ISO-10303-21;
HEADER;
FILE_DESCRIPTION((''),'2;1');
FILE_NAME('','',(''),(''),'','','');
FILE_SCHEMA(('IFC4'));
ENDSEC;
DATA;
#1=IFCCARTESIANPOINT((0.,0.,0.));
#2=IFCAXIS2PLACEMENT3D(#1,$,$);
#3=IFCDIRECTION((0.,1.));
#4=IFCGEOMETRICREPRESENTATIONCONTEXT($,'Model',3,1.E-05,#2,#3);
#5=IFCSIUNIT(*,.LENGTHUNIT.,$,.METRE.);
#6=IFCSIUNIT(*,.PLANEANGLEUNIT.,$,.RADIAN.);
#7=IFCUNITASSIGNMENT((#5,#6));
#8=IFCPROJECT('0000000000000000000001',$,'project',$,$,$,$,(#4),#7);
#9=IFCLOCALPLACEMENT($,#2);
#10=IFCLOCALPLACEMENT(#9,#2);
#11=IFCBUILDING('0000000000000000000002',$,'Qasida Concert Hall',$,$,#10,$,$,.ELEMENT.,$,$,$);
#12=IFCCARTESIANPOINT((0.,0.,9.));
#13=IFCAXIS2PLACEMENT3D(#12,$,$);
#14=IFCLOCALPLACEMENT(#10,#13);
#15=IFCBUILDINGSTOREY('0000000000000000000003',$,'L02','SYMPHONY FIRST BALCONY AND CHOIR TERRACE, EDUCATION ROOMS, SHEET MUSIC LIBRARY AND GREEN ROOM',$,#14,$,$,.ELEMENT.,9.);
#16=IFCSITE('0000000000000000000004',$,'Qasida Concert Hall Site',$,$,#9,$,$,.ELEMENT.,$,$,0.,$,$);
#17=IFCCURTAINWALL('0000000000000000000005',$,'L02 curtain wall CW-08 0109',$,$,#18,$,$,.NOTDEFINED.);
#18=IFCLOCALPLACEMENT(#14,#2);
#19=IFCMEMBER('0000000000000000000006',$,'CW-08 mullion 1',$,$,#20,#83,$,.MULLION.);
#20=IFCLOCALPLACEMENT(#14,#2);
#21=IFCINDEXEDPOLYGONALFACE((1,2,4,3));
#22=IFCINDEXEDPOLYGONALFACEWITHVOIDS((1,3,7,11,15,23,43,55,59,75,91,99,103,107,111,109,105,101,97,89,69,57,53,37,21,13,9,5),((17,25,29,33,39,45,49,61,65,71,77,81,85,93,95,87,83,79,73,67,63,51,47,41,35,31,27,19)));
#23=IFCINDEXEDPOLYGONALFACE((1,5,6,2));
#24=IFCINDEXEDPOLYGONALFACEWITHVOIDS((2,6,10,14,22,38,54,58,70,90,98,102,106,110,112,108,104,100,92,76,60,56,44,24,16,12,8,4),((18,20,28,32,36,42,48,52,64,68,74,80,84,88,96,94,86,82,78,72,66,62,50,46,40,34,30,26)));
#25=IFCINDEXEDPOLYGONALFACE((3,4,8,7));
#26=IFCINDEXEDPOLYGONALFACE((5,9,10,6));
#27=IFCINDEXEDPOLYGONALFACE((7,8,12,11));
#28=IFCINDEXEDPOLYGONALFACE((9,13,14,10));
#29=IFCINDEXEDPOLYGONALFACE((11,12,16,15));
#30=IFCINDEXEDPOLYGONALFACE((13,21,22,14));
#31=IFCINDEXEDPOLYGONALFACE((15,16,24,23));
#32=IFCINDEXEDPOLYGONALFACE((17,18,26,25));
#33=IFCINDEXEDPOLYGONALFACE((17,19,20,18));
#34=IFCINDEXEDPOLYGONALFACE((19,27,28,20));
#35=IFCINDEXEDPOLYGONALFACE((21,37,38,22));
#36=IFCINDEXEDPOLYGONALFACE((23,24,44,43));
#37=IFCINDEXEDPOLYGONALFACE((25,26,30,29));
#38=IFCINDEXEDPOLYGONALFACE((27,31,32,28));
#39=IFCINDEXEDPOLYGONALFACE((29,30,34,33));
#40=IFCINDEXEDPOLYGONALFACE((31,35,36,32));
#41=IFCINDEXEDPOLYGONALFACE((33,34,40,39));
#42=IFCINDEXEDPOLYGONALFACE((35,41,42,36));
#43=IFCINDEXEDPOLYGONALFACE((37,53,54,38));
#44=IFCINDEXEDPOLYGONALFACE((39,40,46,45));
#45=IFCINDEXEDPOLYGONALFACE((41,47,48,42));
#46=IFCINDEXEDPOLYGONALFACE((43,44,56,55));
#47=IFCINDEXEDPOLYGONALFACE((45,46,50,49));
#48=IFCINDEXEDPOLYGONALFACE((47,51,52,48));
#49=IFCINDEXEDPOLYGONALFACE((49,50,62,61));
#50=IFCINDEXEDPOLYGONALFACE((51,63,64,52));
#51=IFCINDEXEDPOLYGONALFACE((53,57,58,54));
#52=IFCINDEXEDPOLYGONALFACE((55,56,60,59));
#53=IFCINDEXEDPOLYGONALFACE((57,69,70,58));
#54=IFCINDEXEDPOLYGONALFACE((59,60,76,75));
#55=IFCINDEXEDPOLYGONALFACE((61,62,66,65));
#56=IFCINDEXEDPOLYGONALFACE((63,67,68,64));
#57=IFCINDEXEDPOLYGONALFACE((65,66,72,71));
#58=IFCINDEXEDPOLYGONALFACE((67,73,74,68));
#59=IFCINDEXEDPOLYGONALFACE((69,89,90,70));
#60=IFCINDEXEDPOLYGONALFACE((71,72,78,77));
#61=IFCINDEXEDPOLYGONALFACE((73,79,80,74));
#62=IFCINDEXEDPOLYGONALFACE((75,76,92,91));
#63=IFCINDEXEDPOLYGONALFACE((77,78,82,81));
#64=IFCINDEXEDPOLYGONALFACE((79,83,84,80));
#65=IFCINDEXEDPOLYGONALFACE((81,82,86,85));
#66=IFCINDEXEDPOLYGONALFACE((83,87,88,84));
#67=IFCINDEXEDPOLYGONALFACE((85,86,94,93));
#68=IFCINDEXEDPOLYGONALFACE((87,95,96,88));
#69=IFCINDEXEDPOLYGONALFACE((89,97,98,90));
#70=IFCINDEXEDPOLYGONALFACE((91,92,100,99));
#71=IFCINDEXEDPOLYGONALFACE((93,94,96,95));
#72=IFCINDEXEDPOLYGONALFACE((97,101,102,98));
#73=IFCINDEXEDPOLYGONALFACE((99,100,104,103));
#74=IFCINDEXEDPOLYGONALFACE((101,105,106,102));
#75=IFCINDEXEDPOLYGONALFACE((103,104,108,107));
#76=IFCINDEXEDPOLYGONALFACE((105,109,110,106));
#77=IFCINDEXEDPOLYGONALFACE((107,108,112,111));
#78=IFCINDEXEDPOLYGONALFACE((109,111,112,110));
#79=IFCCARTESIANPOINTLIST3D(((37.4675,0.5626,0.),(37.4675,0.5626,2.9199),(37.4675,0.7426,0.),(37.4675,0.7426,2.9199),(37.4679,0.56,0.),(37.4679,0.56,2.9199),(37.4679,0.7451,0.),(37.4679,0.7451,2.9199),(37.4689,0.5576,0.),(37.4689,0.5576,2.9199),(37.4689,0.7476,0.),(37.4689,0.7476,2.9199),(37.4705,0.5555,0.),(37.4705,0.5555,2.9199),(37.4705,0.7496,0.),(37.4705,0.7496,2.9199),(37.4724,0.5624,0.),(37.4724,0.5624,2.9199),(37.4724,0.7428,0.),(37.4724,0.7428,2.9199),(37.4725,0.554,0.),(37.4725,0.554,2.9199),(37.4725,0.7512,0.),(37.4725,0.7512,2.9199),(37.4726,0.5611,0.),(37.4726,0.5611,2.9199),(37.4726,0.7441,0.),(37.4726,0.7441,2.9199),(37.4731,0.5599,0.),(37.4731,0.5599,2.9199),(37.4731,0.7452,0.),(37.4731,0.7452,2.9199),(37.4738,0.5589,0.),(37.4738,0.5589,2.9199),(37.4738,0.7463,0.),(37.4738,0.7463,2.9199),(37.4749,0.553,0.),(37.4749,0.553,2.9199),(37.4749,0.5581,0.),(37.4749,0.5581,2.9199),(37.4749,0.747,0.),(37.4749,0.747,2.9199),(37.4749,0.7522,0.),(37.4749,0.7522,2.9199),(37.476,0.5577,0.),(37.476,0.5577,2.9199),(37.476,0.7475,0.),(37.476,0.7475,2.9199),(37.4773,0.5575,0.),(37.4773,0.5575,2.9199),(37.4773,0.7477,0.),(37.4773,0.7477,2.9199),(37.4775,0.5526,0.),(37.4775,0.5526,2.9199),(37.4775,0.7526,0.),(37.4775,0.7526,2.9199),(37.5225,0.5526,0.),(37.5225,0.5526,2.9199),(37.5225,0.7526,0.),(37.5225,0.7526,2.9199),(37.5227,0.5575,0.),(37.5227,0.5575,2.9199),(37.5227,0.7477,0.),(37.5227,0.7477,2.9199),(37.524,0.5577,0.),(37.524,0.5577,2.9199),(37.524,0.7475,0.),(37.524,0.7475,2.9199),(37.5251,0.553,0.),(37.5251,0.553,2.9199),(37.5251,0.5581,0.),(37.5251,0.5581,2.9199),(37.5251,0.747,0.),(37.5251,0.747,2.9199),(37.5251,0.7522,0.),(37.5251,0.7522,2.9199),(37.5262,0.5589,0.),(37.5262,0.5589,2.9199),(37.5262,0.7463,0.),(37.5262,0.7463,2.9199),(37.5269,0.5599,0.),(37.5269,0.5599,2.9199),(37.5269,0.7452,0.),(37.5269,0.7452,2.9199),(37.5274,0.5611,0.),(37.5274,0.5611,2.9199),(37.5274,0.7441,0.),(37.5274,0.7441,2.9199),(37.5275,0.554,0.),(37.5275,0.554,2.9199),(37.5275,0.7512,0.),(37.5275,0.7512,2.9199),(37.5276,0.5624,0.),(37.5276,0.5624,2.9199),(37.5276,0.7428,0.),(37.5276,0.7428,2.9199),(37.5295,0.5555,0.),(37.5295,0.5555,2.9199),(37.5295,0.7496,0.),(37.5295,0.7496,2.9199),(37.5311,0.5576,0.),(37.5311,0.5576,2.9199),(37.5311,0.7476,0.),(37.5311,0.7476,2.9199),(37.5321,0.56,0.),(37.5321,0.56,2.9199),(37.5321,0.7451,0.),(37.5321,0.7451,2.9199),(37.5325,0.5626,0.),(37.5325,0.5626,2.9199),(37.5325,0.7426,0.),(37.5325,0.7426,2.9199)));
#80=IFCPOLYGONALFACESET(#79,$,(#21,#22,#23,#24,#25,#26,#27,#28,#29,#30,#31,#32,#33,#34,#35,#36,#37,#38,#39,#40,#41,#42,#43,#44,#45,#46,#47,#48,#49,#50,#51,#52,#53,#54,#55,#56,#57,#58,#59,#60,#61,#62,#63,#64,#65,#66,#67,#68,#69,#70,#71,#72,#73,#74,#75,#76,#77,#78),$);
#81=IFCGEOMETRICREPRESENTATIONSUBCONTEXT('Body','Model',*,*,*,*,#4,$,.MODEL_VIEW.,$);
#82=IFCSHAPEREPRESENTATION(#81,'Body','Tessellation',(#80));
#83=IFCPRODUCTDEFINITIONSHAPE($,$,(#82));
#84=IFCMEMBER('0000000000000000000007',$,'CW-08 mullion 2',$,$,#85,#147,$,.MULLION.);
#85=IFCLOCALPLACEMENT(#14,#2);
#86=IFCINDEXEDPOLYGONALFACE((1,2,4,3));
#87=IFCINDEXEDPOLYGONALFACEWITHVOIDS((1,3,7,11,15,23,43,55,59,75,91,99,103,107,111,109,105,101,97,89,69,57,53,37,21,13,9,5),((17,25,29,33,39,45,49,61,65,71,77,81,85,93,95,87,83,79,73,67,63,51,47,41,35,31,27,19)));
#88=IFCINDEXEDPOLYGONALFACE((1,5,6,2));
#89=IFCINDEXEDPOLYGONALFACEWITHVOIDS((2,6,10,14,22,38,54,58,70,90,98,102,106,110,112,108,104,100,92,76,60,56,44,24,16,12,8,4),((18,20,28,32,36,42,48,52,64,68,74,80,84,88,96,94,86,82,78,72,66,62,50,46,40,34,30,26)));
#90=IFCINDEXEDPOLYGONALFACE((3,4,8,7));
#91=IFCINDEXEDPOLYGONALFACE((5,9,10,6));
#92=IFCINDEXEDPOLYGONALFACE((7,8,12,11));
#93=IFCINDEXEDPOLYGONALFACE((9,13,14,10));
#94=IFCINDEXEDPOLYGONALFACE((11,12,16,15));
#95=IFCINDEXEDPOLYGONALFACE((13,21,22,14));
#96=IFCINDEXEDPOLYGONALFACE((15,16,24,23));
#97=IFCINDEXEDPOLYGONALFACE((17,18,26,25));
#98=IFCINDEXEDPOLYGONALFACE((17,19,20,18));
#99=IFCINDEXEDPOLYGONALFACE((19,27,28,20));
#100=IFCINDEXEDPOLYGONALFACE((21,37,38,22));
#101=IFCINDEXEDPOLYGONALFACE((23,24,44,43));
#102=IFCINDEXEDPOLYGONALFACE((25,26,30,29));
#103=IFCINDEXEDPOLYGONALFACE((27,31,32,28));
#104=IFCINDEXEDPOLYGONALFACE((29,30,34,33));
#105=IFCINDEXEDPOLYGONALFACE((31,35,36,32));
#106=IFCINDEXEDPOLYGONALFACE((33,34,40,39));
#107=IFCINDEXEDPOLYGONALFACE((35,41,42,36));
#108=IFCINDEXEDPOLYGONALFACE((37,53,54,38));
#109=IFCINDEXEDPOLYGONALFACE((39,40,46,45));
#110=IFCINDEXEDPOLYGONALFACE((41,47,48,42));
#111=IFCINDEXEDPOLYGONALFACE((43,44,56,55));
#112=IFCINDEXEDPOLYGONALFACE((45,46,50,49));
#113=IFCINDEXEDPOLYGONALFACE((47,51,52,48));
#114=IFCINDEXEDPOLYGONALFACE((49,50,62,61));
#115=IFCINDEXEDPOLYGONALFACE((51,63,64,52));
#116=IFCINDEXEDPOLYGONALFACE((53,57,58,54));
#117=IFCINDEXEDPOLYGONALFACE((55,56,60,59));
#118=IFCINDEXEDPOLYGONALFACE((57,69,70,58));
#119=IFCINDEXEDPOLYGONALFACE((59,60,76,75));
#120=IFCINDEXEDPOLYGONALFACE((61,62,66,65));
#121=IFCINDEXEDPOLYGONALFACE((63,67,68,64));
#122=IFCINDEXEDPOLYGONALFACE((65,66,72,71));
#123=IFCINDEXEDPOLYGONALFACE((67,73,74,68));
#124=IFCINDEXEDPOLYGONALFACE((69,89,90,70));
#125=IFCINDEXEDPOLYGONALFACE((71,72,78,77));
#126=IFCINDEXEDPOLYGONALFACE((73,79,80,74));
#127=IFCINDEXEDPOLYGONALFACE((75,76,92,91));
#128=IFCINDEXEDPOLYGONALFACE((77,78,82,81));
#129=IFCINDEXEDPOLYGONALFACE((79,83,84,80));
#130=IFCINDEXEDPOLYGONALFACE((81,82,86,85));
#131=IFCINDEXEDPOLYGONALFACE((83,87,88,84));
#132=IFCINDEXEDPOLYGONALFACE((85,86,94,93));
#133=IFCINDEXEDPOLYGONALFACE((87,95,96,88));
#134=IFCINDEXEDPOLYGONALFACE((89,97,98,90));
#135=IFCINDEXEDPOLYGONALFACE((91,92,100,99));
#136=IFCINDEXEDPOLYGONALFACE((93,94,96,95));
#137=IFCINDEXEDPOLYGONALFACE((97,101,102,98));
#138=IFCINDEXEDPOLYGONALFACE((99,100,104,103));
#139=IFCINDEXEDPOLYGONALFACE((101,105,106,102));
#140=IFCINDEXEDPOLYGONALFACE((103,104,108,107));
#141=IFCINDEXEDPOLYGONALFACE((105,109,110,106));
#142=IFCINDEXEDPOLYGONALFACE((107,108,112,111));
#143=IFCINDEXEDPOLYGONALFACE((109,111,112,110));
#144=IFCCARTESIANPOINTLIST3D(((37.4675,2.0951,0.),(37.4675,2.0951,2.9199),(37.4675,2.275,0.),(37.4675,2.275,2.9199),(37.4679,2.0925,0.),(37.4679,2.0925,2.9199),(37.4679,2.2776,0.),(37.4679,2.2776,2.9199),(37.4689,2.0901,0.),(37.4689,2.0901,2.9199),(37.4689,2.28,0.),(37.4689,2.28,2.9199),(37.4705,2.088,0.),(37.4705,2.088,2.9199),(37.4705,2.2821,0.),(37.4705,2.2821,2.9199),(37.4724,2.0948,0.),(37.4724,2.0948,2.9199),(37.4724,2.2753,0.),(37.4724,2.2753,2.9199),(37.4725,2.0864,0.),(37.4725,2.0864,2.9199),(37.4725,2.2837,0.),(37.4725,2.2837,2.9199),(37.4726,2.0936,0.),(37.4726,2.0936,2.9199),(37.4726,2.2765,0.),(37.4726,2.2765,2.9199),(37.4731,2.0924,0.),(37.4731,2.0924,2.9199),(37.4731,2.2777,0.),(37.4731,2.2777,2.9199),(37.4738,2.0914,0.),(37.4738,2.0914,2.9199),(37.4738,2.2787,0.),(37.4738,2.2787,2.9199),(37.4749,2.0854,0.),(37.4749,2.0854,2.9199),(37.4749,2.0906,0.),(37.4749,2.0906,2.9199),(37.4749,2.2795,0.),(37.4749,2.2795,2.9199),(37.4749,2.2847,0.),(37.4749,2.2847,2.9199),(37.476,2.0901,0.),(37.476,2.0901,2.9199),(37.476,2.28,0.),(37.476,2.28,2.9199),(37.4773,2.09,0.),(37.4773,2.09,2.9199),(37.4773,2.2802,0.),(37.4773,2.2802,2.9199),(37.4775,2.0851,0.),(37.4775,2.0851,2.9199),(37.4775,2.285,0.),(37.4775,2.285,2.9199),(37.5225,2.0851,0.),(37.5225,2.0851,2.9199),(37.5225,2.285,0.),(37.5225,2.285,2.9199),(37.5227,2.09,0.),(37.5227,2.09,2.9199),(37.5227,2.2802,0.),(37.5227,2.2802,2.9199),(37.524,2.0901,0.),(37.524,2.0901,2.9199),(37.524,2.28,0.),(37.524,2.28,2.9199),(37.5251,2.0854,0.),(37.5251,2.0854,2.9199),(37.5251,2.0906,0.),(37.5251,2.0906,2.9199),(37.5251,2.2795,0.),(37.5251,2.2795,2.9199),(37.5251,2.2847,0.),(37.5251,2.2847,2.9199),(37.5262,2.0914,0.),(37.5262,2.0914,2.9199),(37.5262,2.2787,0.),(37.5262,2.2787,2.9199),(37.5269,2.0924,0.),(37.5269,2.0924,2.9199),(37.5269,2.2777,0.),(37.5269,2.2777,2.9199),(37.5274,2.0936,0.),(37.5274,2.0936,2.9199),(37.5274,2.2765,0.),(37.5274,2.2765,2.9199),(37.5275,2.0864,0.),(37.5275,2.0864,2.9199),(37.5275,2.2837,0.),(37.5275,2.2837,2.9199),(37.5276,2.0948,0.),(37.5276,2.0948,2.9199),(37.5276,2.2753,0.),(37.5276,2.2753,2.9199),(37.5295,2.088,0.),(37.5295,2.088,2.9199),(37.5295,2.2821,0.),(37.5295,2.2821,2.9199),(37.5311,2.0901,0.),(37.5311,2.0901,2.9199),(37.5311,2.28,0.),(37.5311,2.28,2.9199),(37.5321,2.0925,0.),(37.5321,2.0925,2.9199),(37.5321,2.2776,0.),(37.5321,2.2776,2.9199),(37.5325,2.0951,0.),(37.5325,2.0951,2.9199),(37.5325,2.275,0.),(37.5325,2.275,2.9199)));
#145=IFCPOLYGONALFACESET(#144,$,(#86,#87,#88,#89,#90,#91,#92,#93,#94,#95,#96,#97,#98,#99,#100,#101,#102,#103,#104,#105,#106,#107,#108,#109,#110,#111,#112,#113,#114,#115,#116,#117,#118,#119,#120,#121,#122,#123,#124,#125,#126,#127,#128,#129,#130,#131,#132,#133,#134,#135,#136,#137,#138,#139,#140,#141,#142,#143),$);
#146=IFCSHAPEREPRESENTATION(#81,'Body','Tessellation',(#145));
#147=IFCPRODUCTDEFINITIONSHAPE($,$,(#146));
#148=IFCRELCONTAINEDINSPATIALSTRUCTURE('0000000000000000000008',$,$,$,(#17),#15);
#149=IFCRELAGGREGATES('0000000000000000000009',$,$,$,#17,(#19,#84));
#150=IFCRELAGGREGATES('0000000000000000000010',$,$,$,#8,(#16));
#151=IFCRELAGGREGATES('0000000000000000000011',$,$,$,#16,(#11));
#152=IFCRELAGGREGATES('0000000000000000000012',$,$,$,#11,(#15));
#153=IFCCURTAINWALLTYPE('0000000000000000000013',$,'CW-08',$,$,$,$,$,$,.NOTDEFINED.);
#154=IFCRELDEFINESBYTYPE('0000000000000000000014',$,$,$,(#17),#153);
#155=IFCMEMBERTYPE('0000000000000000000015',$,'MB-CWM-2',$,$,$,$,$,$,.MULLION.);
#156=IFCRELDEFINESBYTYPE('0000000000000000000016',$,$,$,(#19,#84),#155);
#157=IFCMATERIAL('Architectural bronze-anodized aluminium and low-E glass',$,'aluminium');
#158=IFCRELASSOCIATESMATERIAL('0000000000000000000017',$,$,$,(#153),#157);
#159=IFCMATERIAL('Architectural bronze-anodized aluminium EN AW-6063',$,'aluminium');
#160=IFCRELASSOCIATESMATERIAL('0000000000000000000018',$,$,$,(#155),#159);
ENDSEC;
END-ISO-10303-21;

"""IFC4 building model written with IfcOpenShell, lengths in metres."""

from ifc_helpers import new_model, si_unit, direction, frame, origin, origin_2d, place, context, subcontext, project, spatial, hollow_rectangle, extrude, material, material_profile, profile_set, type_object, element, aggregate, save


model = new_model("IFC4")

# Units and contexts
model_context = context("Model", 3, precision=1e-05, world=origin(), true_north=direction((0.0, 1.0)))
body_context = subcontext(model_context, "Body", "Model", "MODEL_VIEW")
ifc_project = project(units=[si_unit("LENGTHUNIT", "METRE"), si_unit("PLANEANGLEUNIT", "RADIAN")], contexts=[model_context])

# Site, building, storey
site_placement = place(None, origin())
site = spatial("IfcSite", under=ifc_project, at=site_placement, Name="Qasida Concert Hall Site", CompositionType="ELEMENT", RefElevation=0.0)
building_placement = place(site_placement, origin())
building = spatial("IfcBuilding", under=site, at=building_placement, Name="Qasida Concert Hall", CompositionType="ELEMENT")
storey_placement = place(building_placement, frame((0.0, 0.0, 9.0)))
storey = spatial("IfcBuildingStorey", under=building, at=storey_placement, Name="L02", Description="SYMPHONY FIRST BALCONY AND CHOIR TERRACE, EDUCATION ROOMS, SHEET MUSIC LIBRARY AND GREEN ROOM", CompositionType="ELEMENT", Elevation=9.0)

# Curtain wall, members
ifc_material_1 = material(Name="Architectural bronze-anodized aluminium and low-E glass", Category="aluminium")
curtain_wall_type = type_object("IfcCurtainWallType", Name="CW-08", PredefinedType="NOTDEFINED", material=ifc_material_1)
ifc_material_2 = material(Name="Architectural bronze-anodized aluminium EN AW-6063", Category="aluminium")
ifc_material_profile_1 = material_profile(ifc_material_2, hollow_rectangle(XDim=0.0649, YDim=0.2, WallThickness=0.0049, InnerFilletRadius=0.0049, OuterFilletRadius=0.01, at=origin_2d()), Name="CWM 200x65x5")
ifc_profile_set_1 = profile_set([ifc_material_profile_1], Name="Architectural bronze-anodized aluminium EN AW-6063")
member_type_1 = type_object("IfcMemberType", Name="MB-CWM-2", PredefinedType="MULLION", material=ifc_profile_set_1)
curtain_wall_1_placement = place(storey_placement, origin())
curtain_wall_1 = element("IfcCurtainWall", 1, at=curtain_wall_1_placement, inside=storey, type_object=curtain_wall_type, Name="L02 curtain wall CW-08 0109", PredefinedType="NOTDEFINED")
member_1_placement = place(storey_placement, frame((37.5, 0.6526, 0.0), z_axis=(0.0, 0.0, 1.0), x_axis=(-1.0, 0.0, 0.0)))
member_1 = element("IfcMember", 2, at=member_1_placement, type_object=member_type_1, Name="CW-08 mullion 1", PredefinedType="MULLION", context=body_context, shape_type="SweptSolid", body=[
    extrude(hollow_rectangle(XDim=0.0649, YDim=0.2, WallThickness=0.0049, InnerFilletRadius=0.0049, OuterFilletRadius=0.01, at=origin_2d()), origin(), (0.0, 0.0, 1.0), 2.9199),
])
member_2_placement = place(storey_placement, frame((37.5, 2.1851, 0.0), z_axis=(0.0, 0.0, 1.0), x_axis=(-1.0, 0.0, 0.0)))
member_2 = element("IfcMember", 3, at=member_2_placement, type_object=member_type_1, Name="CW-08 mullion 2", PredefinedType="MULLION", context=body_context, shape_type="SweptSolid", body=[
    extrude(hollow_rectangle(XDim=0.0649, YDim=0.2, WallThickness=0.0049, InnerFilletRadius=0.0049, OuterFilletRadius=0.01, at=origin_2d()), origin(), (0.0, 0.0, 1.0), 2.9199),
])

aggregate(curtain_wall_1, [member_1, member_2])

save(model, "model.ifc")
